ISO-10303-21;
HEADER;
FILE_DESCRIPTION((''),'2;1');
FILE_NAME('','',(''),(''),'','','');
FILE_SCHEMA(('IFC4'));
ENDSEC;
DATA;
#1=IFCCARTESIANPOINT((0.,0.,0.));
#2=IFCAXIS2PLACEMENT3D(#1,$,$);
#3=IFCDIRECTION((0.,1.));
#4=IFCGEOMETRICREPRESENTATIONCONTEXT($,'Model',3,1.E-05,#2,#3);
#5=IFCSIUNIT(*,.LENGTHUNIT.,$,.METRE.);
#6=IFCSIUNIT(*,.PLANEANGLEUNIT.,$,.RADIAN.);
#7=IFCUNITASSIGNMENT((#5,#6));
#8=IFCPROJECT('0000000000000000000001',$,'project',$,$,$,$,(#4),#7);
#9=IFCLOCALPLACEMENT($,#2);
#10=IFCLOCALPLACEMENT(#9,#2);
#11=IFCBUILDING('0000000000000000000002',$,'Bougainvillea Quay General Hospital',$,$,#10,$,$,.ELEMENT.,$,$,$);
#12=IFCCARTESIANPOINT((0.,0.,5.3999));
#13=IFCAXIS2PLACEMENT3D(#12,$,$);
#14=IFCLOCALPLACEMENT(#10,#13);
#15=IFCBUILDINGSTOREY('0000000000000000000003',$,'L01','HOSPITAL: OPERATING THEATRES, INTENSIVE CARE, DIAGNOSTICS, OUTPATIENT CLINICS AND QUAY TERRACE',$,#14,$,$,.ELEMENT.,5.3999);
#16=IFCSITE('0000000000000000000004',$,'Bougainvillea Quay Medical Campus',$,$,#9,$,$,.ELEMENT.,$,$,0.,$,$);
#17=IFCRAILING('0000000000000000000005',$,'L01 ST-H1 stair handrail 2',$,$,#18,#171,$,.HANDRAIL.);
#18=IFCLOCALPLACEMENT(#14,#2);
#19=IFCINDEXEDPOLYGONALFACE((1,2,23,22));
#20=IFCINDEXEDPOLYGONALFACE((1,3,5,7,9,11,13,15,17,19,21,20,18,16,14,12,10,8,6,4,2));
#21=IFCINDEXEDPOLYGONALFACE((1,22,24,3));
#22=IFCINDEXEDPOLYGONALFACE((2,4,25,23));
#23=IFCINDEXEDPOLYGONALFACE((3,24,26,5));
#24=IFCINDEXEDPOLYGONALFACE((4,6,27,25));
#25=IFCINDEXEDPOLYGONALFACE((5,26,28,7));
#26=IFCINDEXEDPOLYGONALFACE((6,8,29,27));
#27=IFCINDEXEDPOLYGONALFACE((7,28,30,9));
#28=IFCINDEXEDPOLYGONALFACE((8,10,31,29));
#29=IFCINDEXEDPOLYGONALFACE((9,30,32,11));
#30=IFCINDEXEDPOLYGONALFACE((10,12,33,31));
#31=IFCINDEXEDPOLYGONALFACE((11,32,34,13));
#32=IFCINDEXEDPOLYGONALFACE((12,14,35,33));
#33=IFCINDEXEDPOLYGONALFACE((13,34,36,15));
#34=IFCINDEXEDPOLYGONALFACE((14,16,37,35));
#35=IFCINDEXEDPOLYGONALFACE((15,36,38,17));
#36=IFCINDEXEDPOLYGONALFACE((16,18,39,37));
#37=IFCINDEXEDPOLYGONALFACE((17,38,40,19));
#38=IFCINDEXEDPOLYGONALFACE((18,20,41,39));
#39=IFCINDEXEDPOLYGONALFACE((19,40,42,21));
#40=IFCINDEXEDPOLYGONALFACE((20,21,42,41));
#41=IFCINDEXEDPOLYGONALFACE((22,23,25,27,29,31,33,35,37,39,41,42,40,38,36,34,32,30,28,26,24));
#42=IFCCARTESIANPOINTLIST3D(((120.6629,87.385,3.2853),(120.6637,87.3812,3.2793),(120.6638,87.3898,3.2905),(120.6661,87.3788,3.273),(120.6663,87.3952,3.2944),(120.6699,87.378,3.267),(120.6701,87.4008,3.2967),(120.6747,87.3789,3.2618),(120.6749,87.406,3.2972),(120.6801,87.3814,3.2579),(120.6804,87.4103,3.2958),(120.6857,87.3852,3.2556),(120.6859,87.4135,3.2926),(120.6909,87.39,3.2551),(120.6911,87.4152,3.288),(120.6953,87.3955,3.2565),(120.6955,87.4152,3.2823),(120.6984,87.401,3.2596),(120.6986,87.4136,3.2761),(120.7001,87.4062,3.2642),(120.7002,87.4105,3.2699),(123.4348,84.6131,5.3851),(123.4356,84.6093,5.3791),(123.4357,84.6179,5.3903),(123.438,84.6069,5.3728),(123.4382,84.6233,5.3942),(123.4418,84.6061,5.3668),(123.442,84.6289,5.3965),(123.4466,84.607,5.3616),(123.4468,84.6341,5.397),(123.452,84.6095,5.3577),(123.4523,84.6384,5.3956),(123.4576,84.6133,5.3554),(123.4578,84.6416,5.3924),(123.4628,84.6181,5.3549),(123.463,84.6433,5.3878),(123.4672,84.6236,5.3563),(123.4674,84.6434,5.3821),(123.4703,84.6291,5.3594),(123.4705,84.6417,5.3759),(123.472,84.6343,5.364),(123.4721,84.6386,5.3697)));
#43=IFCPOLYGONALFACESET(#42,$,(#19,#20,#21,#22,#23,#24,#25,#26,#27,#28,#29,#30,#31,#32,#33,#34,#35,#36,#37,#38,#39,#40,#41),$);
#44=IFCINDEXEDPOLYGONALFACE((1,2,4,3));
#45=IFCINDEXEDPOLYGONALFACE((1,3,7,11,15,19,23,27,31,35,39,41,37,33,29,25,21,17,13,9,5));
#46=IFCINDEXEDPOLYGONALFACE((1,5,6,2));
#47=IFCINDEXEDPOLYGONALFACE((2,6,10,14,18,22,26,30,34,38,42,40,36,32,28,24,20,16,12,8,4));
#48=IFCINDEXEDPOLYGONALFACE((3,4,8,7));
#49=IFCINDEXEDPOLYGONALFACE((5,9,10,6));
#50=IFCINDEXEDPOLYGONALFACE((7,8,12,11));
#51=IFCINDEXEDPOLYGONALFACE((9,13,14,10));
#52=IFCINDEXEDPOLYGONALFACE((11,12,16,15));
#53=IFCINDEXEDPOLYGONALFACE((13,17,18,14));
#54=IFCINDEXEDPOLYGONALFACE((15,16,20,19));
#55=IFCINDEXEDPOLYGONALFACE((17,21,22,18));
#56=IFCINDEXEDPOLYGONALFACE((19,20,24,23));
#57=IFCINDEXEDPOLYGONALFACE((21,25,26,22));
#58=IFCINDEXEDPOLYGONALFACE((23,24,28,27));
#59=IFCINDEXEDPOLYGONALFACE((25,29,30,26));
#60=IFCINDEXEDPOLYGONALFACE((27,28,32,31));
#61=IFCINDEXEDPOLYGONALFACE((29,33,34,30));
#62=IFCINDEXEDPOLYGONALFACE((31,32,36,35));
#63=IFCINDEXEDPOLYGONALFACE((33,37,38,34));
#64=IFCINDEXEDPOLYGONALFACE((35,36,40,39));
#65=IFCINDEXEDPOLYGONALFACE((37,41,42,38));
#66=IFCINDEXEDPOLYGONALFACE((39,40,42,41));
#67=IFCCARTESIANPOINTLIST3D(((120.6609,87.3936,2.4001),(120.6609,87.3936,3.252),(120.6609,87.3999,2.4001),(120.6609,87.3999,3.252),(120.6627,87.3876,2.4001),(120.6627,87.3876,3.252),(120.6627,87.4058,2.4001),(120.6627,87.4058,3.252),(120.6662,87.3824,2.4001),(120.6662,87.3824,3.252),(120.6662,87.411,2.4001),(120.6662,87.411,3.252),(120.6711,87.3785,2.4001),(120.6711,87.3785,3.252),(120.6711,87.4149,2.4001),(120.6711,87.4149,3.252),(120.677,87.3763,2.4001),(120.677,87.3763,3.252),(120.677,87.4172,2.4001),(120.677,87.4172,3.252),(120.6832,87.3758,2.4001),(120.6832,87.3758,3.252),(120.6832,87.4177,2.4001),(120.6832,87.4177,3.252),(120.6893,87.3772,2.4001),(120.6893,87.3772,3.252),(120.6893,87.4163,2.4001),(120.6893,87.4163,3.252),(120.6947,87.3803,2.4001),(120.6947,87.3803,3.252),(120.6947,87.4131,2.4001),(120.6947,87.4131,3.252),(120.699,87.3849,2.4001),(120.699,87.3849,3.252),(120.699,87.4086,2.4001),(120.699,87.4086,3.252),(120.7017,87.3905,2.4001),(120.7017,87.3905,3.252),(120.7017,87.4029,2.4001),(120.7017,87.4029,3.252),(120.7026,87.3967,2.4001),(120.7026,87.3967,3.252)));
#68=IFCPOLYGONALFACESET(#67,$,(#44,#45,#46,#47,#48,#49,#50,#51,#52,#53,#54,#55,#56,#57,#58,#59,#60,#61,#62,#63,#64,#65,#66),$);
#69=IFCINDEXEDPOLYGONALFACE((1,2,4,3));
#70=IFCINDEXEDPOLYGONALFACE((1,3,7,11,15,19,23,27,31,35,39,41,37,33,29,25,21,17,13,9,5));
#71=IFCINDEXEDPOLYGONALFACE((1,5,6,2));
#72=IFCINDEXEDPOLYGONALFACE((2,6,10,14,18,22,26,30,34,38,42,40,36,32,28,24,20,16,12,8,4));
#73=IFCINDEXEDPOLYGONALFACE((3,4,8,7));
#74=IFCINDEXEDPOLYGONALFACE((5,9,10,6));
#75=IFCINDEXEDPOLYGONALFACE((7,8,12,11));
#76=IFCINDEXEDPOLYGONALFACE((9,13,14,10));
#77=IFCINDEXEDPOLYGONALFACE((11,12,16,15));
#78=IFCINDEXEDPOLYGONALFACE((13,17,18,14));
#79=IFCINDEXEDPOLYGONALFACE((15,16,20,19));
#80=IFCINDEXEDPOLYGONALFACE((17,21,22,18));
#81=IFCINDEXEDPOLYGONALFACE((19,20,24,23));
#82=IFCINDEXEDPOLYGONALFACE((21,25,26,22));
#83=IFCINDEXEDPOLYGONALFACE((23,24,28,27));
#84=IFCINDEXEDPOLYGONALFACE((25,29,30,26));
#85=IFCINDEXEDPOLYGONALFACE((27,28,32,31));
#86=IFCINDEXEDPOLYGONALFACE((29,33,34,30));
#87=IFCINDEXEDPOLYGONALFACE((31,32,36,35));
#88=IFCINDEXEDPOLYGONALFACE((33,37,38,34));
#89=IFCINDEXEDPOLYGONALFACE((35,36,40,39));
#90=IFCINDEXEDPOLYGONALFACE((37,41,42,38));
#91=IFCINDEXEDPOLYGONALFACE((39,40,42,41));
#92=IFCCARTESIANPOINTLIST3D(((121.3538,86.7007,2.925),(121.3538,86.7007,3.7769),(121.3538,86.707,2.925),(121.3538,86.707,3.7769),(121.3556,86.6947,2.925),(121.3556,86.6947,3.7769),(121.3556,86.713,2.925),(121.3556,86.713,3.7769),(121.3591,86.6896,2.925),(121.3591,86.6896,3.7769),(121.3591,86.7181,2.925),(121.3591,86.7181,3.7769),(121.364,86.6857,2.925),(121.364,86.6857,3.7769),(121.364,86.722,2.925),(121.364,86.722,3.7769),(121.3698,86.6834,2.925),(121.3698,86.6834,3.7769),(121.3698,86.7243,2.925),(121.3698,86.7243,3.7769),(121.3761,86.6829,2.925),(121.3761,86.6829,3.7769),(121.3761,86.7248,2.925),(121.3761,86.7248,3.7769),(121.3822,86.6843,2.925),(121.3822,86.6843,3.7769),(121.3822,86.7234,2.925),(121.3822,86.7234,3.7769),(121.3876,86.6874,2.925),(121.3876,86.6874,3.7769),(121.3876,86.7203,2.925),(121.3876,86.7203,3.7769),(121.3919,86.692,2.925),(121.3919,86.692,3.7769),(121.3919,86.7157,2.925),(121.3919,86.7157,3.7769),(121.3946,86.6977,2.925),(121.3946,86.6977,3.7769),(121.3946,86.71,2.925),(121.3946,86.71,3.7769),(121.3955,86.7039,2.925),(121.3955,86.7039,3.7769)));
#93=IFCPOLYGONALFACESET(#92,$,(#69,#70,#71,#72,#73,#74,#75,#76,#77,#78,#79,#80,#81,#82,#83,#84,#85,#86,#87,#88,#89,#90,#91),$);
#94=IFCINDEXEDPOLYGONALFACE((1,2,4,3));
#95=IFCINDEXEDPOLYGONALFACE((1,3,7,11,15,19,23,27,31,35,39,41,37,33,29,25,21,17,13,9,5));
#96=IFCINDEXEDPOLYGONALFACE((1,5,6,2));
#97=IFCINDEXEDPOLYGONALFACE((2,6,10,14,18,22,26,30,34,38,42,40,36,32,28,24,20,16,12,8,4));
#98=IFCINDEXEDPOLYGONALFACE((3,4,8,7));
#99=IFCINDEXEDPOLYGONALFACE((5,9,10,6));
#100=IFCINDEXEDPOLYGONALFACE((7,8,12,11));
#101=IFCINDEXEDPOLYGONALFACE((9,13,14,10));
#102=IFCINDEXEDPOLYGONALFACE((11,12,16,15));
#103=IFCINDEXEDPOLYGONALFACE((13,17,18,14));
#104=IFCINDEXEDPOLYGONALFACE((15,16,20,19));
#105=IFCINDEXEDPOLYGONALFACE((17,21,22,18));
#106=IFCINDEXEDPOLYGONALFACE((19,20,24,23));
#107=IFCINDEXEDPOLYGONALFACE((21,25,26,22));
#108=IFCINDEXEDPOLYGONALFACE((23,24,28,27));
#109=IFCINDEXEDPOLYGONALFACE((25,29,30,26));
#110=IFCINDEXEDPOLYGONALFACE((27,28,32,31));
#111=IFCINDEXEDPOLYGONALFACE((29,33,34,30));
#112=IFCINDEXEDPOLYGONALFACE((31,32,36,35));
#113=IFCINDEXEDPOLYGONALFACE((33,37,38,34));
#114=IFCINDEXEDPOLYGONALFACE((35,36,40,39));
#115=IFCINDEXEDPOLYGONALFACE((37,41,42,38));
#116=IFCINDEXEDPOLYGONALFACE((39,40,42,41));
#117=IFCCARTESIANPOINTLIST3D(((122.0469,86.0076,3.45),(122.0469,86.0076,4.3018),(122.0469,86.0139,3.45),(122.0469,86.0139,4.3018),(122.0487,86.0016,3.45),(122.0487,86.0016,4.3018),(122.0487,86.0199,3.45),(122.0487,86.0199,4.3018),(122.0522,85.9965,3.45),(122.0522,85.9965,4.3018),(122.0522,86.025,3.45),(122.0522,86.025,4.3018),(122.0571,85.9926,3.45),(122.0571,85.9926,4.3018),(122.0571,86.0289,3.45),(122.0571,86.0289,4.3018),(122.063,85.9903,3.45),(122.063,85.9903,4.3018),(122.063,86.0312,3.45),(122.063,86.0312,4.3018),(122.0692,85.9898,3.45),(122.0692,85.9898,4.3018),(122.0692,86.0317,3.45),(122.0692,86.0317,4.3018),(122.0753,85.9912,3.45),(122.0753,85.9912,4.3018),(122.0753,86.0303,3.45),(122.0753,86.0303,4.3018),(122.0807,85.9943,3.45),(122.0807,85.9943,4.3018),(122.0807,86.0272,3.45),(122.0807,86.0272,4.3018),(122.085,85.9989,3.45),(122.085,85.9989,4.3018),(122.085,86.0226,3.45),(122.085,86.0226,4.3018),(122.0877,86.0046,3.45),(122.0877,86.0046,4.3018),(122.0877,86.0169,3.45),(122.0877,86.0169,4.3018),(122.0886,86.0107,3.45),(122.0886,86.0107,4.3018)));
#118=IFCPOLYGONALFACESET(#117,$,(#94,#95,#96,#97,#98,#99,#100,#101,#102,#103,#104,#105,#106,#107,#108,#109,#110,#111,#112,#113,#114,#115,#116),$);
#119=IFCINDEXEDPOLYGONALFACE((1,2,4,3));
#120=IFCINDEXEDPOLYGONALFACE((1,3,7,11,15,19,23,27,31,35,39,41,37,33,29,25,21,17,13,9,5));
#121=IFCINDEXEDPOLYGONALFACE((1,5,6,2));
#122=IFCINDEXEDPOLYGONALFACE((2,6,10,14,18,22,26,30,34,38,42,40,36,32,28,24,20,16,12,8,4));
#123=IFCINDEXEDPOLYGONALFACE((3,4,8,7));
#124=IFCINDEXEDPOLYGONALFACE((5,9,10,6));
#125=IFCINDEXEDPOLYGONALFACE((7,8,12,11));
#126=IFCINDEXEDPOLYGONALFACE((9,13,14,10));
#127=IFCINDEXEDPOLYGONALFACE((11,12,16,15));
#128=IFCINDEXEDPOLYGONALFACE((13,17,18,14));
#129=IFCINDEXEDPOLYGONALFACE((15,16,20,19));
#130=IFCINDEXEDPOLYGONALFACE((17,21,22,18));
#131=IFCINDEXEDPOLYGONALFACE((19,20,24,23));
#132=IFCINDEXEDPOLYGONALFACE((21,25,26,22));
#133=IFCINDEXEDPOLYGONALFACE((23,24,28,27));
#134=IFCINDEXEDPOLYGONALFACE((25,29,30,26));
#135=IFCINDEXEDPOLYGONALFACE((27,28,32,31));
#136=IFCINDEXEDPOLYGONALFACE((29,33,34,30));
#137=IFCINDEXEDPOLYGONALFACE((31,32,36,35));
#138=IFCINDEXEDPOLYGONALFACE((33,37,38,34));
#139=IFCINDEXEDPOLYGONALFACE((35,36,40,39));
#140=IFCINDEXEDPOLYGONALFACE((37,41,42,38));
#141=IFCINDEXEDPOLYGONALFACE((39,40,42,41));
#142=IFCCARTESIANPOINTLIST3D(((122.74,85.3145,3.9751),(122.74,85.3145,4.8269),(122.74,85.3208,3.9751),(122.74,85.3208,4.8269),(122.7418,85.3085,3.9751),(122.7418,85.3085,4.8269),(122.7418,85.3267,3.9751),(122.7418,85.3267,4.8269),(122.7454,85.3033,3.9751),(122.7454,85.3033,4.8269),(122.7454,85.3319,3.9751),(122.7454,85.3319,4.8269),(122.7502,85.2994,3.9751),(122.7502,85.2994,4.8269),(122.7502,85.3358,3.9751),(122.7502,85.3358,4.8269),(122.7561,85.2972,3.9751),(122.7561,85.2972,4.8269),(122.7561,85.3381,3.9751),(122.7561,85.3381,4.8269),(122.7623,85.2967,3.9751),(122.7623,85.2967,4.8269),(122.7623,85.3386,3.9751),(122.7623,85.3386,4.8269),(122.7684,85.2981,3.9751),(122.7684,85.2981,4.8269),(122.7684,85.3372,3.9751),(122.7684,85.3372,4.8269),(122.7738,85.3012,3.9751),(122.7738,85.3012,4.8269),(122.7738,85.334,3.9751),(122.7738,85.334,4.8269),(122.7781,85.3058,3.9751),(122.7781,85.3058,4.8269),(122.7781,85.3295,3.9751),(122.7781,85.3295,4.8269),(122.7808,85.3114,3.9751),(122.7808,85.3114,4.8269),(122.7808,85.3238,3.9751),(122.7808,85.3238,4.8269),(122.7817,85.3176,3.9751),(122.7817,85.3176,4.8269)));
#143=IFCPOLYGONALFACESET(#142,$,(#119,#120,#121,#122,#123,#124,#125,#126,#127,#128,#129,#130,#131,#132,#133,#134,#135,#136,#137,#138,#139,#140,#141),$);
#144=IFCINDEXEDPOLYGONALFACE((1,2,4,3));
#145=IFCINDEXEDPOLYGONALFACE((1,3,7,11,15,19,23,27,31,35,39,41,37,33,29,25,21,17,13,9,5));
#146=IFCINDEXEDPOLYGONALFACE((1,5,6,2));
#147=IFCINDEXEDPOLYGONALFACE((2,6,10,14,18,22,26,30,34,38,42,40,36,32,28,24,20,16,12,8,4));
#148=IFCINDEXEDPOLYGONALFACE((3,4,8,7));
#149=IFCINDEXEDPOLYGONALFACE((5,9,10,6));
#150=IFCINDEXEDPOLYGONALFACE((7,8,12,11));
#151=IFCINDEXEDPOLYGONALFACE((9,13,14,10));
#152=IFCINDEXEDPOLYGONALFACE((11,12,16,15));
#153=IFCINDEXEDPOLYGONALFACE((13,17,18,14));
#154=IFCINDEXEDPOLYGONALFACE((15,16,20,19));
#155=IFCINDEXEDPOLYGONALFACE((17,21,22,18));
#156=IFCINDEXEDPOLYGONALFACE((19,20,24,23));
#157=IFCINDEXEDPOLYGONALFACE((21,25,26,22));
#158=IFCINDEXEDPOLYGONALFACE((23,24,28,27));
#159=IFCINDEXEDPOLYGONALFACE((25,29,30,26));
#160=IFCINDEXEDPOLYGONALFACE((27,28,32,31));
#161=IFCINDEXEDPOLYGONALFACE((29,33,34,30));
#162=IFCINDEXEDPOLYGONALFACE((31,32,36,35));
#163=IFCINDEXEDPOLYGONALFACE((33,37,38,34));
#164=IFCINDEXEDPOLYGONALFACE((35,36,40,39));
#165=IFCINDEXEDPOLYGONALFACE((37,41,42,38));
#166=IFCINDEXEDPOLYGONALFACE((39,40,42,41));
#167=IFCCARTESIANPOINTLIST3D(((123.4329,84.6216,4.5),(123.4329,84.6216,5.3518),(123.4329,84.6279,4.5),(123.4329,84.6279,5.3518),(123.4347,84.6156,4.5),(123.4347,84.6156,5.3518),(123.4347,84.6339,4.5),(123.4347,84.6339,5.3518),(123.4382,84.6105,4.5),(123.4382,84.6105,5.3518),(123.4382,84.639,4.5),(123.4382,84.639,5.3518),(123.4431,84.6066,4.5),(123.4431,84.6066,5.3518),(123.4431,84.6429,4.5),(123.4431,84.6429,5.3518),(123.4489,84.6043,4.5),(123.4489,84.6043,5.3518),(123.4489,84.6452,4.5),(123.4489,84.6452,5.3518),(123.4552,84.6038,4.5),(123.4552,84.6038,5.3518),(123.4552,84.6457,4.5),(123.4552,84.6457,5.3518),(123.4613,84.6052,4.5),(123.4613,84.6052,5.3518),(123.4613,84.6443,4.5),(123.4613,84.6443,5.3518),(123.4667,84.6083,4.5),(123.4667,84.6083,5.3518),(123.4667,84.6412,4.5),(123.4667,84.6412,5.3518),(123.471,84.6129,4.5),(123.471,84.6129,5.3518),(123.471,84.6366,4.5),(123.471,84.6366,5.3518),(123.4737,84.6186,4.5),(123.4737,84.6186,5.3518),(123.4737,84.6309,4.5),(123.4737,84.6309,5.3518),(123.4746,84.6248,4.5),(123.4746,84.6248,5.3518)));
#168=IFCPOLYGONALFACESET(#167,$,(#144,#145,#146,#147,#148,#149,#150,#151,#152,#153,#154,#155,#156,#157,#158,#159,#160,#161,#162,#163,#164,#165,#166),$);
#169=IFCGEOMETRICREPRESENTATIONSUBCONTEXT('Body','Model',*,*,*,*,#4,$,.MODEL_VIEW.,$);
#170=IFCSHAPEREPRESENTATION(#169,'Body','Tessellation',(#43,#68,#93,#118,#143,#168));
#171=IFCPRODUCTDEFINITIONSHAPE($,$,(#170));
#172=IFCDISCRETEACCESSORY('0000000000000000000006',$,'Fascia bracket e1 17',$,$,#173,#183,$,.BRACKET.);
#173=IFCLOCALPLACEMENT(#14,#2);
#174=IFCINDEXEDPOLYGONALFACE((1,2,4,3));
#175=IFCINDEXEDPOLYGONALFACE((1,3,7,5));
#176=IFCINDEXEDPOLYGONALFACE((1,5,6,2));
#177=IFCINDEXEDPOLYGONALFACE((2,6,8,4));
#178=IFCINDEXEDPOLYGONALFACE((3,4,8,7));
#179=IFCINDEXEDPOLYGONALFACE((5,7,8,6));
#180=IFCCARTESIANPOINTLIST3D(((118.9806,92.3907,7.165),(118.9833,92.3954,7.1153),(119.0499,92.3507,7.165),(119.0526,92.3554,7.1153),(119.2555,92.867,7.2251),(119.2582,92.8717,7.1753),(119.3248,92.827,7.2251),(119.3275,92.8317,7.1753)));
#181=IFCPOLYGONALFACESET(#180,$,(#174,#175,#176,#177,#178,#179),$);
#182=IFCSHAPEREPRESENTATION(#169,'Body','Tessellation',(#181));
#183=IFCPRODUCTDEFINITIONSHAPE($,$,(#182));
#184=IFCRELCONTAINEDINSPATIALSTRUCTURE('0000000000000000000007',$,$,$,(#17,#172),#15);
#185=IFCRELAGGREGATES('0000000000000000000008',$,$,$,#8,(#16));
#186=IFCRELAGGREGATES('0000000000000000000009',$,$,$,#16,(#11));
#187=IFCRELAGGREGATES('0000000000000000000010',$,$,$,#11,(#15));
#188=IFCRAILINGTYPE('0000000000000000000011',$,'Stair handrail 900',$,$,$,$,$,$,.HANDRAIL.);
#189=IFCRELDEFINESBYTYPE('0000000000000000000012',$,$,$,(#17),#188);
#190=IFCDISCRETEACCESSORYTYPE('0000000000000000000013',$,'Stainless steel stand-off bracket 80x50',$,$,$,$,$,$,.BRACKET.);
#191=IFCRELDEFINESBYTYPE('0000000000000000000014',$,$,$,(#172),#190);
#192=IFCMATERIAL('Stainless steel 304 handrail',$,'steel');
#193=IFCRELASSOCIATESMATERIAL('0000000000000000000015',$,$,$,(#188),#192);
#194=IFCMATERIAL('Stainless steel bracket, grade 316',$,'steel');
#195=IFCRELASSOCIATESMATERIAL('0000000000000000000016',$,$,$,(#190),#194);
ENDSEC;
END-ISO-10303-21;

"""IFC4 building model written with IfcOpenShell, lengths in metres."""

from ifc_helpers import new_model, si_unit, direction, frame, origin, origin_2d, place, context, subcontext, project, spatial, rectangle, circle, extrude, material, material_profile, profile_set, type_object, element, save


model = new_model("IFC4")

# Units and contexts
model_context = context("Model", 3, precision=1e-05, world=origin(), true_north=direction((0.0, 1.0)))
body_context = subcontext(model_context, "Body", "Model", "MODEL_VIEW")
ifc_project = project(units=[si_unit("LENGTHUNIT", "METRE"), si_unit("PLANEANGLEUNIT", "RADIAN")], contexts=[model_context])

# Site, building, storey
site_placement = place(None, origin())
site = spatial("IfcSite", under=ifc_project, at=site_placement, Name="Bougainvillea Quay Medical Campus", CompositionType="ELEMENT", RefElevation=0.0)
building_placement = place(site_placement, origin())
building = spatial("IfcBuilding", under=site, at=building_placement, Name="Bougainvillea Quay General Hospital", CompositionType="ELEMENT")
storey_placement = place(building_placement, frame((0.0, 0.0, 5.3999)))
storey = spatial("IfcBuildingStorey", under=building, at=storey_placement, Name="L01", Description="HOSPITAL: OPERATING THEATRES, INTENSIVE CARE, DIAGNOSTICS, OUTPATIENT CLINICS AND QUAY TERRACE", CompositionType="ELEMENT", Elevation=5.3999)

# Railing
ifc_material_1 = material(Name="Stainless steel 304 handrail", Category="steel")
railing_type_1 = type_object("IfcRailingType", Name="Stair handrail 900", PredefinedType="HANDRAIL", material=ifc_material_1)
railing_1_placement = place(storey_placement, frame((120.6816, 87.3967, 2.4001)))
element("IfcRailing", 1, at=railing_1_placement, inside=storey, type_object=railing_type_1, Name="L01 ST-H1 stair handrail 2", PredefinedType="HANDRAIL", context=body_context, shape_type="SweptSolid", body=[
    extrude(circle(Radius=0.0239, at=origin_2d()), frame((0.0, 0.0, 0.876), z_axis=(0.623316, -0.623316, 0.472181), x_axis=(0.707107, 0.707107, 0.0)), (0.0, 0.0, 1.0), 4.447),
    extrude(circle(Radius=0.021, at=origin_2d()), origin(), (0.0, 0.0, 1.0), 0.8518),
    extrude(circle(Radius=0.021, at=origin_2d()), frame((0.6929, -0.6929, 0.5249)), (0.0, 0.0, 1.0), 0.8518),
    extrude(circle(Radius=0.021, at=origin_2d()), frame((1.386, -1.386, 1.0498)), (0.0, 0.0, 1.0), 0.8518),
    extrude(circle(Radius=0.021, at=origin_2d()), frame((2.0791, -2.0791, 1.575)), (0.0, 0.0, 1.0), 0.8518),
    extrude(circle(Radius=0.021, at=origin_2d()), frame((2.772, -2.772, 2.0999)), (0.0, 0.0, 1.0), 0.8518),
])

# Discrete accessory
ifc_material_2 = material(Name="Stainless steel bracket, grade 316", Category="steel")
ifc_material_profile_1 = material_profile(ifc_material_2, rectangle(XDim=0.0801, YDim=0.05, at=origin_2d()))
ifc_profile_set_1 = profile_set([ifc_material_profile_1], Name="Stainless steel bracket, grade 316")
discrete_accessory_type = type_object("IfcDiscreteAccessoryType", Name="Stainless steel stand-off bracket 80x50", PredefinedType="BRACKET", material=ifc_profile_set_1)
discrete_accessory_placement = place(storey_placement, frame((119.0166, 92.373, 7.1401), z_axis=(0.496909, 0.860985, 0.108561), x_axis=(-0.866104, 0.499863, 0.0)))
element("IfcDiscreteAccessory", 2, at=discrete_accessory_placement, inside=storey, type_object=discrete_accessory_type, Name="Fascia bracket e1 17", PredefinedType="BRACKET", context=body_context, shape_type="SweptSolid", body=[
    extrude(rectangle(XDim=0.0801, YDim=0.05, at=origin_2d()), origin(), (0.0, 0.0, 1.0), 0.5532),
])

save(model, "model.ifc")
